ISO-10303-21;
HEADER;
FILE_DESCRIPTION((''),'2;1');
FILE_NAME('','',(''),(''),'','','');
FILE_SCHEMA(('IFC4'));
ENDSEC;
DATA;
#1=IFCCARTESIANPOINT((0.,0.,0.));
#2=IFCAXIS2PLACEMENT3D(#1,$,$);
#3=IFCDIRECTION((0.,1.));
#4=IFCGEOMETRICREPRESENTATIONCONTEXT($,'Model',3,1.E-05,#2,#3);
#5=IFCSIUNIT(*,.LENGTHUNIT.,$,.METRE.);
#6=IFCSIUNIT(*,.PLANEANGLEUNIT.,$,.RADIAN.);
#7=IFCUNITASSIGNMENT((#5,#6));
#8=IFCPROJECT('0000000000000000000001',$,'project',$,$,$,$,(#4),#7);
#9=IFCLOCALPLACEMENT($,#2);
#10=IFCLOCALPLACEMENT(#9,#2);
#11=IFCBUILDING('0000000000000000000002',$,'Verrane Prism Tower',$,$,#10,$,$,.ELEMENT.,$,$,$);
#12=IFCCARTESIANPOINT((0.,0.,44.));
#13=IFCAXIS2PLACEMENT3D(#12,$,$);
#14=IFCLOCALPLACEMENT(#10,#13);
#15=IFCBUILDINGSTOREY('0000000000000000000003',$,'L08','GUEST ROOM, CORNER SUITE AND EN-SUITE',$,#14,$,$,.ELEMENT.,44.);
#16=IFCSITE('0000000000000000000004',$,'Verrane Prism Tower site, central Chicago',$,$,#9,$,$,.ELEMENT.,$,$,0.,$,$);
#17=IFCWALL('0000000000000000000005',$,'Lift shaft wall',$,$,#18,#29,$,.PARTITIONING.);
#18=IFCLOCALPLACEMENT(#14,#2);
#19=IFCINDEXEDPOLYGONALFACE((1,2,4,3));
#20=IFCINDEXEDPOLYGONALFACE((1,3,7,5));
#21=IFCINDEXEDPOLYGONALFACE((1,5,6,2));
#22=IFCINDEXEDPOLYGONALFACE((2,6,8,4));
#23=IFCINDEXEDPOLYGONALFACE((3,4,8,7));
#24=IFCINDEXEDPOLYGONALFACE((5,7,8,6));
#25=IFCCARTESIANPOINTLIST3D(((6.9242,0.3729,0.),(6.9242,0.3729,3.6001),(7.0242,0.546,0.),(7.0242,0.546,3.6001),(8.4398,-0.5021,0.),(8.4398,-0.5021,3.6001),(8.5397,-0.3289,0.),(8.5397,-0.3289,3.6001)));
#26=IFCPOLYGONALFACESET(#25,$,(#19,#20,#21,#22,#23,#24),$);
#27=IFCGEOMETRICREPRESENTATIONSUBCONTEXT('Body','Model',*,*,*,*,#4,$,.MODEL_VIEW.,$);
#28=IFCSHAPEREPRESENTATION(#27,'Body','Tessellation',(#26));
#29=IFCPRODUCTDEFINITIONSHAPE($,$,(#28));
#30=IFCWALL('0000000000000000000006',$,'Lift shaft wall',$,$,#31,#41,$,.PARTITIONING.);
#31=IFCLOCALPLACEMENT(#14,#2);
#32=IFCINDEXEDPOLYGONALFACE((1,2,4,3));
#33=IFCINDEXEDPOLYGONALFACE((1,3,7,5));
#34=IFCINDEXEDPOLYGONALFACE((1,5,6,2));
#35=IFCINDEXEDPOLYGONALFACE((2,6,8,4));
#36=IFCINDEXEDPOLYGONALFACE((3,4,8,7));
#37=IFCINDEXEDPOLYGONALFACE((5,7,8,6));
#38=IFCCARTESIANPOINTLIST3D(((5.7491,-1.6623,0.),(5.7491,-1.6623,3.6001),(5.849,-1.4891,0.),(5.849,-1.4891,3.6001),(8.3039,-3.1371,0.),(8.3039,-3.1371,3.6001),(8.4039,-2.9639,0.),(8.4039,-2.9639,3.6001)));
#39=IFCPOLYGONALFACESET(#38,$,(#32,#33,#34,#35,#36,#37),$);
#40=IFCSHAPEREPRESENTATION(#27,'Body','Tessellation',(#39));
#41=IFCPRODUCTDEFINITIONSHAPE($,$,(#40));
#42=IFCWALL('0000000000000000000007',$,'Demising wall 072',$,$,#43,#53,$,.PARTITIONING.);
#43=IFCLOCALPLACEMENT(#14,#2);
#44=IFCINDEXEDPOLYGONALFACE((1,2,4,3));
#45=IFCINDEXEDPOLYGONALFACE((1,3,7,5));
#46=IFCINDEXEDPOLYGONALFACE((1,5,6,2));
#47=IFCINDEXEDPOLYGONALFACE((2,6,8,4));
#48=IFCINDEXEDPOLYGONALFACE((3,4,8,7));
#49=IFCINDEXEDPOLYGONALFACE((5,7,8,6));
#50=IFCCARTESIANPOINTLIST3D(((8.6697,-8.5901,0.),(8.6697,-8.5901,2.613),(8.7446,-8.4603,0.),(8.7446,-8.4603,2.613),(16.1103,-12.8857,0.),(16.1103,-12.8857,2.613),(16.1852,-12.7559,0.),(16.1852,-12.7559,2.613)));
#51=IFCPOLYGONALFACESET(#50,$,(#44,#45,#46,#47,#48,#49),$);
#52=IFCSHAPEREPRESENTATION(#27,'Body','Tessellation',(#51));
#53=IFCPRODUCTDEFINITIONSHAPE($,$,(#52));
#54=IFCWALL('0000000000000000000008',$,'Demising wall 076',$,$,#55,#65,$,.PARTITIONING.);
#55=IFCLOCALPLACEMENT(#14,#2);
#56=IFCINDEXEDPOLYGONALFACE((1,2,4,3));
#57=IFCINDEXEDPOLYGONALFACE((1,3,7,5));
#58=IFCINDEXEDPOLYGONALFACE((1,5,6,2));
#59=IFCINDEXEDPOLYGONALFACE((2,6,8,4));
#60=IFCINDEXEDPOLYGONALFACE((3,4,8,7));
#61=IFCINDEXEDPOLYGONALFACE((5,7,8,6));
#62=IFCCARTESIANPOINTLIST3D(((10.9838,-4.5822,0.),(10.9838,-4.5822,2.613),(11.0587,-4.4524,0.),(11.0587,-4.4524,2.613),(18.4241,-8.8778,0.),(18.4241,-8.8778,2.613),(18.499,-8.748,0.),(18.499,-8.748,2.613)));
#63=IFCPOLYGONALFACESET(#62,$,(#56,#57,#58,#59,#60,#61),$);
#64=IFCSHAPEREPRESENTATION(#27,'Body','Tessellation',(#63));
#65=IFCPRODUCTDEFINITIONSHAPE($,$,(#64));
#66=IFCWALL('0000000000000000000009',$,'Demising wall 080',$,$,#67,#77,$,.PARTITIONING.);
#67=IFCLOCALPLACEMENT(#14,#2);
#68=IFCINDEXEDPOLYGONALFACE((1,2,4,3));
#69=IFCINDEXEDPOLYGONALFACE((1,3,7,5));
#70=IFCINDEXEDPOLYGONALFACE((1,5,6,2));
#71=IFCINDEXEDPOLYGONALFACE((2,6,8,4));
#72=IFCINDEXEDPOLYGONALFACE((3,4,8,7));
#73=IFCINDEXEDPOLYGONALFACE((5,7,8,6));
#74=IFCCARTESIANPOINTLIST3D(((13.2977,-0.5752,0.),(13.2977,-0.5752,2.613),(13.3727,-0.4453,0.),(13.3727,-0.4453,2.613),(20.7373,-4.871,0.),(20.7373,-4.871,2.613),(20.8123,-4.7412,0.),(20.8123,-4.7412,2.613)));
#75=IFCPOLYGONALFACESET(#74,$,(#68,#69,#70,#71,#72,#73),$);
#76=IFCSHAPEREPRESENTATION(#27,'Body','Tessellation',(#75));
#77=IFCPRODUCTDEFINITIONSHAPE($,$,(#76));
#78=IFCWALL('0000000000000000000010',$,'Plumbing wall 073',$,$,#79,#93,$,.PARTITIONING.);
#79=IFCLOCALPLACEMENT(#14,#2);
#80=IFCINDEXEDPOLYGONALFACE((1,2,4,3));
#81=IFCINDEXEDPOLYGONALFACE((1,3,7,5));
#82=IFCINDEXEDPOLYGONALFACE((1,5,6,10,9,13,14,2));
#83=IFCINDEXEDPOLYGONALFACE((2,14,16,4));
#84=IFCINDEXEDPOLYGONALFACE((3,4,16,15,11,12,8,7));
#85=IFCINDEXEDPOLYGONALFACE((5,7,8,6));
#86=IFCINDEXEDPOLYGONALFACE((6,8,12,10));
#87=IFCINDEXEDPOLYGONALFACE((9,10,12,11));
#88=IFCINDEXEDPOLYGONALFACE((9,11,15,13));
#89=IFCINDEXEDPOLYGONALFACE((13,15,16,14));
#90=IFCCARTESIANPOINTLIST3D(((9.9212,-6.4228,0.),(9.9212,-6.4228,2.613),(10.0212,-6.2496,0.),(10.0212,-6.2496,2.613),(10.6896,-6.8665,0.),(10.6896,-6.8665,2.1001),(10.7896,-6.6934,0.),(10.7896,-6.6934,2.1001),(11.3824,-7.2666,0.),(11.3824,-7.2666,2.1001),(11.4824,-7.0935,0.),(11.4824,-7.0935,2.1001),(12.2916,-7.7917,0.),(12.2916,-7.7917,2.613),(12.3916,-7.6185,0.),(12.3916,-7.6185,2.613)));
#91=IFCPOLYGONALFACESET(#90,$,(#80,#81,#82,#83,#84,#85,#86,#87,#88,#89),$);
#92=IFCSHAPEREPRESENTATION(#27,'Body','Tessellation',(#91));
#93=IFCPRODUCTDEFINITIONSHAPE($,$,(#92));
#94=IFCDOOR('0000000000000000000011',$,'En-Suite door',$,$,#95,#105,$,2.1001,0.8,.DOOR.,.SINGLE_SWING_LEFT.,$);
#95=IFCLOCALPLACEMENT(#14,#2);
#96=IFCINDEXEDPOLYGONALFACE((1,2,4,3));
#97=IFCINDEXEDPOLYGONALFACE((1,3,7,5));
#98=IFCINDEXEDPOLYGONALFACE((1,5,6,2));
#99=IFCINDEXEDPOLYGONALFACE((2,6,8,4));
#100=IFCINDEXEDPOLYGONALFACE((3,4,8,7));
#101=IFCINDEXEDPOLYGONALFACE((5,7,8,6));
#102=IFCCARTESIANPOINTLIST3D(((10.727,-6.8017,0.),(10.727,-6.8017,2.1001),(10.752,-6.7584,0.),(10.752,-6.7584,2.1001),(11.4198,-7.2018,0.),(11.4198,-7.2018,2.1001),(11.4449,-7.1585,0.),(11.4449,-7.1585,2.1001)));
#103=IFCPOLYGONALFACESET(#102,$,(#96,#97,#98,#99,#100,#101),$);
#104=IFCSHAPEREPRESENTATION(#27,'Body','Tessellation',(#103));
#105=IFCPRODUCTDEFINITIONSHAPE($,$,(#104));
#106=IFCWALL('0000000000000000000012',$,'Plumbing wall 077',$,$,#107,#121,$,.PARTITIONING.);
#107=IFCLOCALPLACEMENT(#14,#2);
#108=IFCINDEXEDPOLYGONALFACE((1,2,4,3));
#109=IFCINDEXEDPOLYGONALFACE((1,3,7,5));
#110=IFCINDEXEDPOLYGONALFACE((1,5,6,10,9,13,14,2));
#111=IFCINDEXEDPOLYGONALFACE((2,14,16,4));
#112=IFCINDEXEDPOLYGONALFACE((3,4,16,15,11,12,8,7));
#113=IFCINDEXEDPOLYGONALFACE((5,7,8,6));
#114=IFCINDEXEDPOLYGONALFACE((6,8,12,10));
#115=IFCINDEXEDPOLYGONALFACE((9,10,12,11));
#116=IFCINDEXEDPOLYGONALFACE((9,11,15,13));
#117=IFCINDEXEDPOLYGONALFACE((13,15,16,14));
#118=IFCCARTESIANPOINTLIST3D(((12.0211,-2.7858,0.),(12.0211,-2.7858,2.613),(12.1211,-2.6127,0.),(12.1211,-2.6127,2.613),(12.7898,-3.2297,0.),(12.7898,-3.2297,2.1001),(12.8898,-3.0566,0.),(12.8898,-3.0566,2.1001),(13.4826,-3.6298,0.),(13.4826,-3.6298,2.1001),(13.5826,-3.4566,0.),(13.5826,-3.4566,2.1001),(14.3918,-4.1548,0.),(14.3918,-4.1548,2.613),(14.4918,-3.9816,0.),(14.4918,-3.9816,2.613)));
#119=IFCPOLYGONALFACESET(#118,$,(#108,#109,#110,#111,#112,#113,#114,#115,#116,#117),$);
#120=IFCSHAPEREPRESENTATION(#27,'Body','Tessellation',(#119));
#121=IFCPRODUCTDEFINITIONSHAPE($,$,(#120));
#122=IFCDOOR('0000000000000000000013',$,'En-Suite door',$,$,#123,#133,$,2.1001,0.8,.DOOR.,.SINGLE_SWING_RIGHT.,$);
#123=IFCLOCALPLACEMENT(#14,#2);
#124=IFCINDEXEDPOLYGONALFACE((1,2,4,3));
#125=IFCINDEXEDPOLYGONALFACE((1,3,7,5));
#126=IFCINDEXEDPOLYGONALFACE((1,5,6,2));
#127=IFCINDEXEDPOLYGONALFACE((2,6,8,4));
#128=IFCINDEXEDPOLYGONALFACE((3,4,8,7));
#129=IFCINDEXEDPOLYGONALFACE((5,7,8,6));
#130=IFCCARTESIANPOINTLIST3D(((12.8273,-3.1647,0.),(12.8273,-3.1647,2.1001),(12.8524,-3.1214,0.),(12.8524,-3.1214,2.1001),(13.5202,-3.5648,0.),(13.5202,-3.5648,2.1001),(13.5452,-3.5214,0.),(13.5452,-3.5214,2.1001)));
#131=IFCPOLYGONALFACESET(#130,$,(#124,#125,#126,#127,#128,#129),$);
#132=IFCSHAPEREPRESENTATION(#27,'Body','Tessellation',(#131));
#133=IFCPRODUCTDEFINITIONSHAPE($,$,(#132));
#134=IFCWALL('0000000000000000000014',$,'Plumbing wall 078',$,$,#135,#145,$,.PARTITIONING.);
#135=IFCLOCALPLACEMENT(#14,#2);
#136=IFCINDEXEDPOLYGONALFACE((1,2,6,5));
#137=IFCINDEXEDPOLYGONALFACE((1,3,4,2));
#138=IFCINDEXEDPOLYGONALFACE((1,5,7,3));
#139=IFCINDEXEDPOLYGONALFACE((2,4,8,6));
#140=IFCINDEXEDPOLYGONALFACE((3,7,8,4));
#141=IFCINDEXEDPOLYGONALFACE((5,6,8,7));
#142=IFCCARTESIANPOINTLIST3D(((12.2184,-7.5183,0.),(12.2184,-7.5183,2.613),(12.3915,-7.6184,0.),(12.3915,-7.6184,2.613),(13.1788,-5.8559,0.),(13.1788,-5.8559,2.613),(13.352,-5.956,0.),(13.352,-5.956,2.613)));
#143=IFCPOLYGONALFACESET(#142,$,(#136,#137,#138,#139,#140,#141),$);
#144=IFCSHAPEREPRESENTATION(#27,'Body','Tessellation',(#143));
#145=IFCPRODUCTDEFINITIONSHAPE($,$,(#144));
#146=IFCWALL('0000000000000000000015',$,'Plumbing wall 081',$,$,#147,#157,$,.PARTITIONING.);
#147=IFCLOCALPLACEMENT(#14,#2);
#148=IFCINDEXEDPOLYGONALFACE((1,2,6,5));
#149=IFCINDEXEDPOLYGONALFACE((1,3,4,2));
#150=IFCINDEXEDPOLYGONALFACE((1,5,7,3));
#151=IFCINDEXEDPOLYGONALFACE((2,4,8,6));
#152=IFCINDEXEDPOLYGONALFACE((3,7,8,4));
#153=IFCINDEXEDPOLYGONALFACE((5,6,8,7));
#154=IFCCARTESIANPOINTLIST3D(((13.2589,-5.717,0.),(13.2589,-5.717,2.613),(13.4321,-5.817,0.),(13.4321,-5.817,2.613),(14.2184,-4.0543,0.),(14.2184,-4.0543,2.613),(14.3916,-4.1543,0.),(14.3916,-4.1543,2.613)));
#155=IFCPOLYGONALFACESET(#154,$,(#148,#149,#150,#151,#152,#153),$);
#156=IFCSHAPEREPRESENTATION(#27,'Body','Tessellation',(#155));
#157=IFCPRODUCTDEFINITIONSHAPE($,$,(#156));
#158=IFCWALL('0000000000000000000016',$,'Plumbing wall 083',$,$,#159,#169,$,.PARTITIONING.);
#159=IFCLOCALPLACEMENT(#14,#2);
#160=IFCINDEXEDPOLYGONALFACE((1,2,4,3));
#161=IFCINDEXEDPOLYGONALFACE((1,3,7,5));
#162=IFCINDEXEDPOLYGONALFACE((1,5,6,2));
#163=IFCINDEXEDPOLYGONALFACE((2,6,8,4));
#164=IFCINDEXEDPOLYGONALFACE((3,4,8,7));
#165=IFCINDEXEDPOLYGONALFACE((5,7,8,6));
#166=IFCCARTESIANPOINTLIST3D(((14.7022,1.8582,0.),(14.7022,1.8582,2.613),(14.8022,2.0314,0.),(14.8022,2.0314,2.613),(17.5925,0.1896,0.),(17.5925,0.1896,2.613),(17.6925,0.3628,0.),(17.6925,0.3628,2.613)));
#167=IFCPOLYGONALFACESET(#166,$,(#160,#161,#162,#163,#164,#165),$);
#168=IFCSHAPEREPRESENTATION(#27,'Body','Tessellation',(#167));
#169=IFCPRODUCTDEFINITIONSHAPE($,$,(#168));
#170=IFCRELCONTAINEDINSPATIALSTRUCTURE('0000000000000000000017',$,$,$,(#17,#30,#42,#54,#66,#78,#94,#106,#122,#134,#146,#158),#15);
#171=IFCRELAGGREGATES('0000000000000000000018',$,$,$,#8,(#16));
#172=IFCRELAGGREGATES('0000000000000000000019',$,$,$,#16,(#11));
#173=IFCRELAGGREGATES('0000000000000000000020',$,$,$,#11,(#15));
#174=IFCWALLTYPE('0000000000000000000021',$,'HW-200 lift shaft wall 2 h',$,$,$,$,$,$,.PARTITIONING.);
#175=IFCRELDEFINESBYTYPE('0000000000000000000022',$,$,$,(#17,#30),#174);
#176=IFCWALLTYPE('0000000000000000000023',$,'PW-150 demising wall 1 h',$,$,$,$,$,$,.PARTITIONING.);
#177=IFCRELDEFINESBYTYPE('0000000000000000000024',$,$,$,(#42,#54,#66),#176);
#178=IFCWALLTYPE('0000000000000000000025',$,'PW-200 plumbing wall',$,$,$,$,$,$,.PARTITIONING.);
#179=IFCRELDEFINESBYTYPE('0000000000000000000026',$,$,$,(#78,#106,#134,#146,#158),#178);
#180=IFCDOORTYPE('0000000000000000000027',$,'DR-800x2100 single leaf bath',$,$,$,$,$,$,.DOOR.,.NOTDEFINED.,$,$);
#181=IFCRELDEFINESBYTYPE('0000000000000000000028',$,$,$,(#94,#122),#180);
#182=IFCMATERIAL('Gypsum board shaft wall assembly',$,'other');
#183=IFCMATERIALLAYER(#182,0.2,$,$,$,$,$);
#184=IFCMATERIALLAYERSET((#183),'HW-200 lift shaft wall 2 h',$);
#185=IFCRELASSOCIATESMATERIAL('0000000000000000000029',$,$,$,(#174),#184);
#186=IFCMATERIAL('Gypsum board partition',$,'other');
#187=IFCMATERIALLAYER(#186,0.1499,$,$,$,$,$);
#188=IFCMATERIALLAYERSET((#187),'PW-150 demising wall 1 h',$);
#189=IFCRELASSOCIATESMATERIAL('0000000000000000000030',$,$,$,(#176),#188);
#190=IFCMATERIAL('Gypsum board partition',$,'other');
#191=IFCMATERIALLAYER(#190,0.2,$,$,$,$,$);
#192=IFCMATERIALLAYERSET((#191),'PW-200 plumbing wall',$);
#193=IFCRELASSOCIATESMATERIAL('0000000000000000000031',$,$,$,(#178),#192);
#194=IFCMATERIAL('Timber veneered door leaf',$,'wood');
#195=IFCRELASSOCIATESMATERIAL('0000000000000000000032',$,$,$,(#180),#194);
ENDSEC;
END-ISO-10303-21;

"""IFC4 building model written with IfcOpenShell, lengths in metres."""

from ifc_helpers import new_model, si_unit, direction, frame, frame_2d, origin, place, context, subcontext, project, spatial, rectangle, extrude, material, layer, layer_set, type_object, element, fill, save


model = new_model("IFC4")

# Units and contexts
model_context = context("Model", 3, precision=1e-05, world=origin(), true_north=direction((0.0, 1.0)))
body_context = subcontext(model_context, "Body", "Model", "MODEL_VIEW")
ifc_project = project(units=[si_unit("LENGTHUNIT", "METRE"), si_unit("PLANEANGLEUNIT", "RADIAN")], contexts=[model_context])

# Site, building, storey
site_placement = place(None, origin())
site = spatial("IfcSite", under=ifc_project, at=site_placement, Name="Verrane Prism Tower site, central Chicago", CompositionType="ELEMENT", RefElevation=0.0)
building_placement = place(site_placement, origin())
building = spatial("IfcBuilding", under=site, at=building_placement, Name="Verrane Prism Tower", CompositionType="ELEMENT")
storey_placement = place(building_placement, frame((0.0, 0.0, 44.0)))
storey = spatial("IfcBuildingStorey", under=building, at=storey_placement, Name="L08", Description="GUEST ROOM, CORNER SUITE AND EN-SUITE", CompositionType="ELEMENT", Elevation=44.0)

# Walls
ifc_material_1 = material(Name="Gypsum board shaft wall assembly", Category="other")
ifc_layer_1 = layer(ifc_material_1, 0.2)
ifc_layer_set_1 = layer_set([ifc_layer_1], Name="HW-200 lift shaft wall 2 h")
wall_type_1 = type_object("IfcWallType", Name="HW-200 lift shaft wall 2 h", PredefinedType="PARTITIONING", material=ifc_layer_set_1)
wall_1_placement = place(storey_placement, frame((8.4897, -0.4155, 0.0), z_axis=(0.0, 0.0, 1.0), x_axis=(-0.866037, 0.49998, 0.0)))
element("IfcWall", 1, at=wall_1_placement, inside=storey, type_object=wall_type_1, Name="Lift shaft wall", PredefinedType="PARTITIONING", context=body_context, shape_type="SweptSolid", body=[
    extrude(rectangle(XDim=1.75, YDim=0.2, at=frame_2d((0.875, 0.0))), origin(), (0.0, 0.0, 1.0), 3.6001),
])
wall_2_placement = place(storey_placement, frame((8.354, -3.0505, 0.0), z_axis=(0.0, 0.0, 1.0), x_axis=(-0.86606, 0.49994, 0.0)))
element("IfcWall", 2, at=wall_2_placement, inside=storey, type_object=wall_type_1, Name="Lift shaft wall", PredefinedType="PARTITIONING", context=body_context, shape_type="SweptSolid", body=[
    extrude(rectangle(XDim=2.95, YDim=0.2, at=frame_2d((1.4751, 0.0))), origin(), (0.0, 0.0, 1.0), 3.6001),
])
ifc_material_2 = material(Name="Gypsum board partition", Category="other")
ifc_layer_2 = layer(ifc_material_2, 0.1499)
ifc_layer_set_2 = layer_set([ifc_layer_2], Name="PW-150 demising wall 1 h")
wall_type_2 = type_object("IfcWallType", Name="PW-150 demising wall 1 h", PredefinedType="PARTITIONING", material=ifc_layer_set_2)
wall_3_placement = place(storey_placement, frame((8.707, -8.5251, 0.0), z_axis=(0.0, 0.0, 1.0), x_axis=(0.866037, -0.499981, 0.0)))
element("IfcWall", 3, at=wall_3_placement, inside=storey, type_object=wall_type_2, Name="Demising wall 072", PredefinedType="PARTITIONING", context=body_context, shape_type="SweptSolid", body=[
    extrude(rectangle(XDim=8.5916, YDim=0.1499, at=frame_2d((4.2959, 0.0))), origin(), (0.0, 0.0, 1.0), 2.613),
])
wall_4_placement = place(storey_placement, frame((11.0212, -4.5173, 0.0), z_axis=(0.0, 0.0, 1.0), x_axis=(0.866029, -0.499993, 0.0)))
element("IfcWall", 4, at=wall_4_placement, inside=storey, type_object=wall_type_2, Name="Demising wall 076", PredefinedType="PARTITIONING", context=body_context, shape_type="SweptSolid", body=[
    extrude(rectangle(XDim=8.5913, YDim=0.1499, at=frame_2d((4.2957, 0.0))), origin(), (0.0, 0.0, 1.0), 2.613),
])
wall_5_placement = place(storey_placement, frame((13.3352, -0.5103, 0.0), z_axis=(0.0, 0.0, 1.0), x_axis=(0.865996, -0.500051, 0.0)))
element("IfcWall", 5, at=wall_5_placement, inside=storey, type_object=wall_type_2, Name="Demising wall 080", PredefinedType="PARTITIONING", context=body_context, shape_type="SweptSolid", body=[
    extrude(rectangle(XDim=8.5908, YDim=0.1499, at=frame_2d((4.2954, 0.0))), origin(), (0.0, 0.0, 1.0), 2.613),
])

# Walls, openings, doors
ifc_material_3 = material(Name="Gypsum board partition", Category="other")
ifc_layer_3 = layer(ifc_material_3, 0.2)
ifc_layer_set_3 = layer_set([ifc_layer_3], Name="PW-200 plumbing wall")
wall_type_3 = type_object("IfcWallType", Name="PW-200 plumbing wall", PredefinedType="PARTITIONING", material=ifc_layer_set_3)
wall_6_placement = place(storey_placement, frame((9.9712, -6.3362, 0.0), z_axis=(0.0, 0.0, 1.0), x_axis=(0.865967, -0.500101, 0.0)))
wall_6 = element("IfcWall", 6, at=wall_6_placement, inside=storey, type_object=wall_type_3, Name="Plumbing wall 073", PredefinedType="PARTITIONING", context=body_context, shape_type="SweptSolid", body=[
    extrude(rectangle(XDim=2.7373, YDim=0.2, at=frame_2d((1.3687, 0.0))), origin(), (0.0, 0.0, 1.0), 2.613),
])
opening_1_placement = place(wall_6_placement, frame((0.8875, 0.0, 0.0)))
opening_1 = element("IfcOpeningElement", 7, at=opening_1_placement, cuts=wall_6, PredefinedType="OPENING", context=body_context, shape_type="SweptSolid", body=[
    extrude(rectangle(XDim=0.8, YDim=2.1001, at=frame_2d((0.3999, 1.05))), frame((0.0, 0.1099, 0.0), z_axis=(0.0, -1.0, 0.0), x_axis=(1.0, 0.0, 0.0)), (0.0, 0.0, 1.0), 0.22),
])
ifc_material_4 = material(Name="Timber veneered door leaf", Category="wood")
door_type_1 = type_object("IfcDoorType", Name="DR-800x2100 single leaf bath", OperationType="NOTDEFINED", PredefinedType="DOOR", material=ifc_material_4)
door_1_placement = place(opening_1_placement, origin())
door_1 = element("IfcDoor", 8, at=door_1_placement, inside=storey, type_object=door_type_1, Name="En-Suite door", OperationType="SINGLE_SWING_LEFT", OverallHeight=2.1001, OverallWidth=0.8, PredefinedType="DOOR", context=body_context, shape_type="SweptSolid", body=[
    extrude(rectangle(XDim=0.8, YDim=2.1001, at=frame_2d((0.3999, 1.05))), frame((0.0, 0.0249, 0.0), z_axis=(0.0, -1.0, 0.0), x_axis=(1.0, 0.0, 0.0)), (0.0, 0.0, 1.0), 0.05),
])
fill(opening_1, door_1)
wall_7_placement = place(storey_placement, frame((14.4417, -4.0681, 0.0), z_axis=(0.0, 0.0, 1.0), x_axis=(-0.86599, 0.500062, 0.0)))
wall_7 = element("IfcWall", 9, at=wall_7_placement, inside=storey, type_object=wall_type_3, Name="Plumbing wall 077", PredefinedType="PARTITIONING", context=body_context, shape_type="SweptSolid", body=[
    extrude(rectangle(XDim=2.7375, YDim=0.2, at=frame_2d((1.3687, 0.0))), origin(), (0.0, 0.0, 1.0), 2.613),
])
opening_2_placement = place(wall_7_placement, frame((1.0498, 0.0, 0.0)))
opening_2 = element("IfcOpeningElement", 10, at=opening_2_placement, cuts=wall_7, PredefinedType="OPENING", context=body_context, shape_type="SweptSolid", body=[
    extrude(rectangle(XDim=0.8, YDim=2.1001, at=frame_2d((0.3999, 1.05))), frame((0.0, 0.1099, 0.0), z_axis=(0.0, -1.0, 0.0), x_axis=(1.0, 0.0, 0.0)), (0.0, 0.0, 1.0), 0.22),
])
door_2_placement = place(opening_2_placement, origin())
door_2 = element("IfcDoor", 11, at=door_2_placement, inside=storey, type_object=door_type_1, Name="En-Suite door", OperationType="SINGLE_SWING_RIGHT", OverallHeight=2.1001, OverallWidth=0.8, PredefinedType="DOOR", context=body_context, shape_type="SweptSolid", body=[
    extrude(rectangle(XDim=0.8, YDim=2.1001, at=frame_2d((0.3999, 1.05))), frame((0.0, 0.0249, 0.0), z_axis=(0.0, -1.0, 0.0), x_axis=(1.0, 0.0, 0.0)), (0.0, 0.0, 1.0), 0.05),
])
fill(opening_2, door_2)

# Walls
wall_8_placement = place(storey_placement, frame((12.3049, -7.5684, 0.0), z_axis=(0.0, 0.0, 1.0), x_axis=(0.500269, 0.86587, 0.0)))
element("IfcWall", 12, at=wall_8_placement, inside=storey, type_object=wall_type_3, Name="Plumbing wall 078", PredefinedType="PARTITIONING", context=body_context, shape_type="SweptSolid", body=[
    extrude(rectangle(XDim=1.9199, YDim=0.2, at=frame_2d((0.96, 0.0))), origin(), (0.0, 0.0, 1.0), 2.613),
])
wall_9_placement = place(storey_placement, frame((13.3455, -5.7671, 0.0), z_axis=(0.0, 0.0, 1.0), x_axis=(0.499833, 0.866122, 0.0)))
element("IfcWall", 13, at=wall_9_placement, inside=storey, type_object=wall_type_3, Name="Plumbing wall 081", PredefinedType="PARTITIONING", context=body_context, shape_type="SweptSolid", body=[
    extrude(rectangle(XDim=1.9197, YDim=0.2, at=frame_2d((0.96, 0.0))), origin(), (0.0, 0.0, 1.0), 2.613),
])
wall_10_placement = place(storey_placement, frame((14.7522, 1.9448, 0.0), z_axis=(0.0, 0.0, 1.0), x_axis=(0.866033, -0.499986, 0.0)))
element("IfcWall", 14, at=wall_10_placement, inside=storey, type_object=wall_type_3, Name="Plumbing wall 083", PredefinedType="PARTITIONING", context=body_context, shape_type="SweptSolid", body=[
    extrude(rectangle(XDim=3.3374, YDim=0.2, at=frame_2d((1.6687, 0.0))), origin(), (0.0, 0.0, 1.0), 2.613),
])

save(model, "model.ifc")
